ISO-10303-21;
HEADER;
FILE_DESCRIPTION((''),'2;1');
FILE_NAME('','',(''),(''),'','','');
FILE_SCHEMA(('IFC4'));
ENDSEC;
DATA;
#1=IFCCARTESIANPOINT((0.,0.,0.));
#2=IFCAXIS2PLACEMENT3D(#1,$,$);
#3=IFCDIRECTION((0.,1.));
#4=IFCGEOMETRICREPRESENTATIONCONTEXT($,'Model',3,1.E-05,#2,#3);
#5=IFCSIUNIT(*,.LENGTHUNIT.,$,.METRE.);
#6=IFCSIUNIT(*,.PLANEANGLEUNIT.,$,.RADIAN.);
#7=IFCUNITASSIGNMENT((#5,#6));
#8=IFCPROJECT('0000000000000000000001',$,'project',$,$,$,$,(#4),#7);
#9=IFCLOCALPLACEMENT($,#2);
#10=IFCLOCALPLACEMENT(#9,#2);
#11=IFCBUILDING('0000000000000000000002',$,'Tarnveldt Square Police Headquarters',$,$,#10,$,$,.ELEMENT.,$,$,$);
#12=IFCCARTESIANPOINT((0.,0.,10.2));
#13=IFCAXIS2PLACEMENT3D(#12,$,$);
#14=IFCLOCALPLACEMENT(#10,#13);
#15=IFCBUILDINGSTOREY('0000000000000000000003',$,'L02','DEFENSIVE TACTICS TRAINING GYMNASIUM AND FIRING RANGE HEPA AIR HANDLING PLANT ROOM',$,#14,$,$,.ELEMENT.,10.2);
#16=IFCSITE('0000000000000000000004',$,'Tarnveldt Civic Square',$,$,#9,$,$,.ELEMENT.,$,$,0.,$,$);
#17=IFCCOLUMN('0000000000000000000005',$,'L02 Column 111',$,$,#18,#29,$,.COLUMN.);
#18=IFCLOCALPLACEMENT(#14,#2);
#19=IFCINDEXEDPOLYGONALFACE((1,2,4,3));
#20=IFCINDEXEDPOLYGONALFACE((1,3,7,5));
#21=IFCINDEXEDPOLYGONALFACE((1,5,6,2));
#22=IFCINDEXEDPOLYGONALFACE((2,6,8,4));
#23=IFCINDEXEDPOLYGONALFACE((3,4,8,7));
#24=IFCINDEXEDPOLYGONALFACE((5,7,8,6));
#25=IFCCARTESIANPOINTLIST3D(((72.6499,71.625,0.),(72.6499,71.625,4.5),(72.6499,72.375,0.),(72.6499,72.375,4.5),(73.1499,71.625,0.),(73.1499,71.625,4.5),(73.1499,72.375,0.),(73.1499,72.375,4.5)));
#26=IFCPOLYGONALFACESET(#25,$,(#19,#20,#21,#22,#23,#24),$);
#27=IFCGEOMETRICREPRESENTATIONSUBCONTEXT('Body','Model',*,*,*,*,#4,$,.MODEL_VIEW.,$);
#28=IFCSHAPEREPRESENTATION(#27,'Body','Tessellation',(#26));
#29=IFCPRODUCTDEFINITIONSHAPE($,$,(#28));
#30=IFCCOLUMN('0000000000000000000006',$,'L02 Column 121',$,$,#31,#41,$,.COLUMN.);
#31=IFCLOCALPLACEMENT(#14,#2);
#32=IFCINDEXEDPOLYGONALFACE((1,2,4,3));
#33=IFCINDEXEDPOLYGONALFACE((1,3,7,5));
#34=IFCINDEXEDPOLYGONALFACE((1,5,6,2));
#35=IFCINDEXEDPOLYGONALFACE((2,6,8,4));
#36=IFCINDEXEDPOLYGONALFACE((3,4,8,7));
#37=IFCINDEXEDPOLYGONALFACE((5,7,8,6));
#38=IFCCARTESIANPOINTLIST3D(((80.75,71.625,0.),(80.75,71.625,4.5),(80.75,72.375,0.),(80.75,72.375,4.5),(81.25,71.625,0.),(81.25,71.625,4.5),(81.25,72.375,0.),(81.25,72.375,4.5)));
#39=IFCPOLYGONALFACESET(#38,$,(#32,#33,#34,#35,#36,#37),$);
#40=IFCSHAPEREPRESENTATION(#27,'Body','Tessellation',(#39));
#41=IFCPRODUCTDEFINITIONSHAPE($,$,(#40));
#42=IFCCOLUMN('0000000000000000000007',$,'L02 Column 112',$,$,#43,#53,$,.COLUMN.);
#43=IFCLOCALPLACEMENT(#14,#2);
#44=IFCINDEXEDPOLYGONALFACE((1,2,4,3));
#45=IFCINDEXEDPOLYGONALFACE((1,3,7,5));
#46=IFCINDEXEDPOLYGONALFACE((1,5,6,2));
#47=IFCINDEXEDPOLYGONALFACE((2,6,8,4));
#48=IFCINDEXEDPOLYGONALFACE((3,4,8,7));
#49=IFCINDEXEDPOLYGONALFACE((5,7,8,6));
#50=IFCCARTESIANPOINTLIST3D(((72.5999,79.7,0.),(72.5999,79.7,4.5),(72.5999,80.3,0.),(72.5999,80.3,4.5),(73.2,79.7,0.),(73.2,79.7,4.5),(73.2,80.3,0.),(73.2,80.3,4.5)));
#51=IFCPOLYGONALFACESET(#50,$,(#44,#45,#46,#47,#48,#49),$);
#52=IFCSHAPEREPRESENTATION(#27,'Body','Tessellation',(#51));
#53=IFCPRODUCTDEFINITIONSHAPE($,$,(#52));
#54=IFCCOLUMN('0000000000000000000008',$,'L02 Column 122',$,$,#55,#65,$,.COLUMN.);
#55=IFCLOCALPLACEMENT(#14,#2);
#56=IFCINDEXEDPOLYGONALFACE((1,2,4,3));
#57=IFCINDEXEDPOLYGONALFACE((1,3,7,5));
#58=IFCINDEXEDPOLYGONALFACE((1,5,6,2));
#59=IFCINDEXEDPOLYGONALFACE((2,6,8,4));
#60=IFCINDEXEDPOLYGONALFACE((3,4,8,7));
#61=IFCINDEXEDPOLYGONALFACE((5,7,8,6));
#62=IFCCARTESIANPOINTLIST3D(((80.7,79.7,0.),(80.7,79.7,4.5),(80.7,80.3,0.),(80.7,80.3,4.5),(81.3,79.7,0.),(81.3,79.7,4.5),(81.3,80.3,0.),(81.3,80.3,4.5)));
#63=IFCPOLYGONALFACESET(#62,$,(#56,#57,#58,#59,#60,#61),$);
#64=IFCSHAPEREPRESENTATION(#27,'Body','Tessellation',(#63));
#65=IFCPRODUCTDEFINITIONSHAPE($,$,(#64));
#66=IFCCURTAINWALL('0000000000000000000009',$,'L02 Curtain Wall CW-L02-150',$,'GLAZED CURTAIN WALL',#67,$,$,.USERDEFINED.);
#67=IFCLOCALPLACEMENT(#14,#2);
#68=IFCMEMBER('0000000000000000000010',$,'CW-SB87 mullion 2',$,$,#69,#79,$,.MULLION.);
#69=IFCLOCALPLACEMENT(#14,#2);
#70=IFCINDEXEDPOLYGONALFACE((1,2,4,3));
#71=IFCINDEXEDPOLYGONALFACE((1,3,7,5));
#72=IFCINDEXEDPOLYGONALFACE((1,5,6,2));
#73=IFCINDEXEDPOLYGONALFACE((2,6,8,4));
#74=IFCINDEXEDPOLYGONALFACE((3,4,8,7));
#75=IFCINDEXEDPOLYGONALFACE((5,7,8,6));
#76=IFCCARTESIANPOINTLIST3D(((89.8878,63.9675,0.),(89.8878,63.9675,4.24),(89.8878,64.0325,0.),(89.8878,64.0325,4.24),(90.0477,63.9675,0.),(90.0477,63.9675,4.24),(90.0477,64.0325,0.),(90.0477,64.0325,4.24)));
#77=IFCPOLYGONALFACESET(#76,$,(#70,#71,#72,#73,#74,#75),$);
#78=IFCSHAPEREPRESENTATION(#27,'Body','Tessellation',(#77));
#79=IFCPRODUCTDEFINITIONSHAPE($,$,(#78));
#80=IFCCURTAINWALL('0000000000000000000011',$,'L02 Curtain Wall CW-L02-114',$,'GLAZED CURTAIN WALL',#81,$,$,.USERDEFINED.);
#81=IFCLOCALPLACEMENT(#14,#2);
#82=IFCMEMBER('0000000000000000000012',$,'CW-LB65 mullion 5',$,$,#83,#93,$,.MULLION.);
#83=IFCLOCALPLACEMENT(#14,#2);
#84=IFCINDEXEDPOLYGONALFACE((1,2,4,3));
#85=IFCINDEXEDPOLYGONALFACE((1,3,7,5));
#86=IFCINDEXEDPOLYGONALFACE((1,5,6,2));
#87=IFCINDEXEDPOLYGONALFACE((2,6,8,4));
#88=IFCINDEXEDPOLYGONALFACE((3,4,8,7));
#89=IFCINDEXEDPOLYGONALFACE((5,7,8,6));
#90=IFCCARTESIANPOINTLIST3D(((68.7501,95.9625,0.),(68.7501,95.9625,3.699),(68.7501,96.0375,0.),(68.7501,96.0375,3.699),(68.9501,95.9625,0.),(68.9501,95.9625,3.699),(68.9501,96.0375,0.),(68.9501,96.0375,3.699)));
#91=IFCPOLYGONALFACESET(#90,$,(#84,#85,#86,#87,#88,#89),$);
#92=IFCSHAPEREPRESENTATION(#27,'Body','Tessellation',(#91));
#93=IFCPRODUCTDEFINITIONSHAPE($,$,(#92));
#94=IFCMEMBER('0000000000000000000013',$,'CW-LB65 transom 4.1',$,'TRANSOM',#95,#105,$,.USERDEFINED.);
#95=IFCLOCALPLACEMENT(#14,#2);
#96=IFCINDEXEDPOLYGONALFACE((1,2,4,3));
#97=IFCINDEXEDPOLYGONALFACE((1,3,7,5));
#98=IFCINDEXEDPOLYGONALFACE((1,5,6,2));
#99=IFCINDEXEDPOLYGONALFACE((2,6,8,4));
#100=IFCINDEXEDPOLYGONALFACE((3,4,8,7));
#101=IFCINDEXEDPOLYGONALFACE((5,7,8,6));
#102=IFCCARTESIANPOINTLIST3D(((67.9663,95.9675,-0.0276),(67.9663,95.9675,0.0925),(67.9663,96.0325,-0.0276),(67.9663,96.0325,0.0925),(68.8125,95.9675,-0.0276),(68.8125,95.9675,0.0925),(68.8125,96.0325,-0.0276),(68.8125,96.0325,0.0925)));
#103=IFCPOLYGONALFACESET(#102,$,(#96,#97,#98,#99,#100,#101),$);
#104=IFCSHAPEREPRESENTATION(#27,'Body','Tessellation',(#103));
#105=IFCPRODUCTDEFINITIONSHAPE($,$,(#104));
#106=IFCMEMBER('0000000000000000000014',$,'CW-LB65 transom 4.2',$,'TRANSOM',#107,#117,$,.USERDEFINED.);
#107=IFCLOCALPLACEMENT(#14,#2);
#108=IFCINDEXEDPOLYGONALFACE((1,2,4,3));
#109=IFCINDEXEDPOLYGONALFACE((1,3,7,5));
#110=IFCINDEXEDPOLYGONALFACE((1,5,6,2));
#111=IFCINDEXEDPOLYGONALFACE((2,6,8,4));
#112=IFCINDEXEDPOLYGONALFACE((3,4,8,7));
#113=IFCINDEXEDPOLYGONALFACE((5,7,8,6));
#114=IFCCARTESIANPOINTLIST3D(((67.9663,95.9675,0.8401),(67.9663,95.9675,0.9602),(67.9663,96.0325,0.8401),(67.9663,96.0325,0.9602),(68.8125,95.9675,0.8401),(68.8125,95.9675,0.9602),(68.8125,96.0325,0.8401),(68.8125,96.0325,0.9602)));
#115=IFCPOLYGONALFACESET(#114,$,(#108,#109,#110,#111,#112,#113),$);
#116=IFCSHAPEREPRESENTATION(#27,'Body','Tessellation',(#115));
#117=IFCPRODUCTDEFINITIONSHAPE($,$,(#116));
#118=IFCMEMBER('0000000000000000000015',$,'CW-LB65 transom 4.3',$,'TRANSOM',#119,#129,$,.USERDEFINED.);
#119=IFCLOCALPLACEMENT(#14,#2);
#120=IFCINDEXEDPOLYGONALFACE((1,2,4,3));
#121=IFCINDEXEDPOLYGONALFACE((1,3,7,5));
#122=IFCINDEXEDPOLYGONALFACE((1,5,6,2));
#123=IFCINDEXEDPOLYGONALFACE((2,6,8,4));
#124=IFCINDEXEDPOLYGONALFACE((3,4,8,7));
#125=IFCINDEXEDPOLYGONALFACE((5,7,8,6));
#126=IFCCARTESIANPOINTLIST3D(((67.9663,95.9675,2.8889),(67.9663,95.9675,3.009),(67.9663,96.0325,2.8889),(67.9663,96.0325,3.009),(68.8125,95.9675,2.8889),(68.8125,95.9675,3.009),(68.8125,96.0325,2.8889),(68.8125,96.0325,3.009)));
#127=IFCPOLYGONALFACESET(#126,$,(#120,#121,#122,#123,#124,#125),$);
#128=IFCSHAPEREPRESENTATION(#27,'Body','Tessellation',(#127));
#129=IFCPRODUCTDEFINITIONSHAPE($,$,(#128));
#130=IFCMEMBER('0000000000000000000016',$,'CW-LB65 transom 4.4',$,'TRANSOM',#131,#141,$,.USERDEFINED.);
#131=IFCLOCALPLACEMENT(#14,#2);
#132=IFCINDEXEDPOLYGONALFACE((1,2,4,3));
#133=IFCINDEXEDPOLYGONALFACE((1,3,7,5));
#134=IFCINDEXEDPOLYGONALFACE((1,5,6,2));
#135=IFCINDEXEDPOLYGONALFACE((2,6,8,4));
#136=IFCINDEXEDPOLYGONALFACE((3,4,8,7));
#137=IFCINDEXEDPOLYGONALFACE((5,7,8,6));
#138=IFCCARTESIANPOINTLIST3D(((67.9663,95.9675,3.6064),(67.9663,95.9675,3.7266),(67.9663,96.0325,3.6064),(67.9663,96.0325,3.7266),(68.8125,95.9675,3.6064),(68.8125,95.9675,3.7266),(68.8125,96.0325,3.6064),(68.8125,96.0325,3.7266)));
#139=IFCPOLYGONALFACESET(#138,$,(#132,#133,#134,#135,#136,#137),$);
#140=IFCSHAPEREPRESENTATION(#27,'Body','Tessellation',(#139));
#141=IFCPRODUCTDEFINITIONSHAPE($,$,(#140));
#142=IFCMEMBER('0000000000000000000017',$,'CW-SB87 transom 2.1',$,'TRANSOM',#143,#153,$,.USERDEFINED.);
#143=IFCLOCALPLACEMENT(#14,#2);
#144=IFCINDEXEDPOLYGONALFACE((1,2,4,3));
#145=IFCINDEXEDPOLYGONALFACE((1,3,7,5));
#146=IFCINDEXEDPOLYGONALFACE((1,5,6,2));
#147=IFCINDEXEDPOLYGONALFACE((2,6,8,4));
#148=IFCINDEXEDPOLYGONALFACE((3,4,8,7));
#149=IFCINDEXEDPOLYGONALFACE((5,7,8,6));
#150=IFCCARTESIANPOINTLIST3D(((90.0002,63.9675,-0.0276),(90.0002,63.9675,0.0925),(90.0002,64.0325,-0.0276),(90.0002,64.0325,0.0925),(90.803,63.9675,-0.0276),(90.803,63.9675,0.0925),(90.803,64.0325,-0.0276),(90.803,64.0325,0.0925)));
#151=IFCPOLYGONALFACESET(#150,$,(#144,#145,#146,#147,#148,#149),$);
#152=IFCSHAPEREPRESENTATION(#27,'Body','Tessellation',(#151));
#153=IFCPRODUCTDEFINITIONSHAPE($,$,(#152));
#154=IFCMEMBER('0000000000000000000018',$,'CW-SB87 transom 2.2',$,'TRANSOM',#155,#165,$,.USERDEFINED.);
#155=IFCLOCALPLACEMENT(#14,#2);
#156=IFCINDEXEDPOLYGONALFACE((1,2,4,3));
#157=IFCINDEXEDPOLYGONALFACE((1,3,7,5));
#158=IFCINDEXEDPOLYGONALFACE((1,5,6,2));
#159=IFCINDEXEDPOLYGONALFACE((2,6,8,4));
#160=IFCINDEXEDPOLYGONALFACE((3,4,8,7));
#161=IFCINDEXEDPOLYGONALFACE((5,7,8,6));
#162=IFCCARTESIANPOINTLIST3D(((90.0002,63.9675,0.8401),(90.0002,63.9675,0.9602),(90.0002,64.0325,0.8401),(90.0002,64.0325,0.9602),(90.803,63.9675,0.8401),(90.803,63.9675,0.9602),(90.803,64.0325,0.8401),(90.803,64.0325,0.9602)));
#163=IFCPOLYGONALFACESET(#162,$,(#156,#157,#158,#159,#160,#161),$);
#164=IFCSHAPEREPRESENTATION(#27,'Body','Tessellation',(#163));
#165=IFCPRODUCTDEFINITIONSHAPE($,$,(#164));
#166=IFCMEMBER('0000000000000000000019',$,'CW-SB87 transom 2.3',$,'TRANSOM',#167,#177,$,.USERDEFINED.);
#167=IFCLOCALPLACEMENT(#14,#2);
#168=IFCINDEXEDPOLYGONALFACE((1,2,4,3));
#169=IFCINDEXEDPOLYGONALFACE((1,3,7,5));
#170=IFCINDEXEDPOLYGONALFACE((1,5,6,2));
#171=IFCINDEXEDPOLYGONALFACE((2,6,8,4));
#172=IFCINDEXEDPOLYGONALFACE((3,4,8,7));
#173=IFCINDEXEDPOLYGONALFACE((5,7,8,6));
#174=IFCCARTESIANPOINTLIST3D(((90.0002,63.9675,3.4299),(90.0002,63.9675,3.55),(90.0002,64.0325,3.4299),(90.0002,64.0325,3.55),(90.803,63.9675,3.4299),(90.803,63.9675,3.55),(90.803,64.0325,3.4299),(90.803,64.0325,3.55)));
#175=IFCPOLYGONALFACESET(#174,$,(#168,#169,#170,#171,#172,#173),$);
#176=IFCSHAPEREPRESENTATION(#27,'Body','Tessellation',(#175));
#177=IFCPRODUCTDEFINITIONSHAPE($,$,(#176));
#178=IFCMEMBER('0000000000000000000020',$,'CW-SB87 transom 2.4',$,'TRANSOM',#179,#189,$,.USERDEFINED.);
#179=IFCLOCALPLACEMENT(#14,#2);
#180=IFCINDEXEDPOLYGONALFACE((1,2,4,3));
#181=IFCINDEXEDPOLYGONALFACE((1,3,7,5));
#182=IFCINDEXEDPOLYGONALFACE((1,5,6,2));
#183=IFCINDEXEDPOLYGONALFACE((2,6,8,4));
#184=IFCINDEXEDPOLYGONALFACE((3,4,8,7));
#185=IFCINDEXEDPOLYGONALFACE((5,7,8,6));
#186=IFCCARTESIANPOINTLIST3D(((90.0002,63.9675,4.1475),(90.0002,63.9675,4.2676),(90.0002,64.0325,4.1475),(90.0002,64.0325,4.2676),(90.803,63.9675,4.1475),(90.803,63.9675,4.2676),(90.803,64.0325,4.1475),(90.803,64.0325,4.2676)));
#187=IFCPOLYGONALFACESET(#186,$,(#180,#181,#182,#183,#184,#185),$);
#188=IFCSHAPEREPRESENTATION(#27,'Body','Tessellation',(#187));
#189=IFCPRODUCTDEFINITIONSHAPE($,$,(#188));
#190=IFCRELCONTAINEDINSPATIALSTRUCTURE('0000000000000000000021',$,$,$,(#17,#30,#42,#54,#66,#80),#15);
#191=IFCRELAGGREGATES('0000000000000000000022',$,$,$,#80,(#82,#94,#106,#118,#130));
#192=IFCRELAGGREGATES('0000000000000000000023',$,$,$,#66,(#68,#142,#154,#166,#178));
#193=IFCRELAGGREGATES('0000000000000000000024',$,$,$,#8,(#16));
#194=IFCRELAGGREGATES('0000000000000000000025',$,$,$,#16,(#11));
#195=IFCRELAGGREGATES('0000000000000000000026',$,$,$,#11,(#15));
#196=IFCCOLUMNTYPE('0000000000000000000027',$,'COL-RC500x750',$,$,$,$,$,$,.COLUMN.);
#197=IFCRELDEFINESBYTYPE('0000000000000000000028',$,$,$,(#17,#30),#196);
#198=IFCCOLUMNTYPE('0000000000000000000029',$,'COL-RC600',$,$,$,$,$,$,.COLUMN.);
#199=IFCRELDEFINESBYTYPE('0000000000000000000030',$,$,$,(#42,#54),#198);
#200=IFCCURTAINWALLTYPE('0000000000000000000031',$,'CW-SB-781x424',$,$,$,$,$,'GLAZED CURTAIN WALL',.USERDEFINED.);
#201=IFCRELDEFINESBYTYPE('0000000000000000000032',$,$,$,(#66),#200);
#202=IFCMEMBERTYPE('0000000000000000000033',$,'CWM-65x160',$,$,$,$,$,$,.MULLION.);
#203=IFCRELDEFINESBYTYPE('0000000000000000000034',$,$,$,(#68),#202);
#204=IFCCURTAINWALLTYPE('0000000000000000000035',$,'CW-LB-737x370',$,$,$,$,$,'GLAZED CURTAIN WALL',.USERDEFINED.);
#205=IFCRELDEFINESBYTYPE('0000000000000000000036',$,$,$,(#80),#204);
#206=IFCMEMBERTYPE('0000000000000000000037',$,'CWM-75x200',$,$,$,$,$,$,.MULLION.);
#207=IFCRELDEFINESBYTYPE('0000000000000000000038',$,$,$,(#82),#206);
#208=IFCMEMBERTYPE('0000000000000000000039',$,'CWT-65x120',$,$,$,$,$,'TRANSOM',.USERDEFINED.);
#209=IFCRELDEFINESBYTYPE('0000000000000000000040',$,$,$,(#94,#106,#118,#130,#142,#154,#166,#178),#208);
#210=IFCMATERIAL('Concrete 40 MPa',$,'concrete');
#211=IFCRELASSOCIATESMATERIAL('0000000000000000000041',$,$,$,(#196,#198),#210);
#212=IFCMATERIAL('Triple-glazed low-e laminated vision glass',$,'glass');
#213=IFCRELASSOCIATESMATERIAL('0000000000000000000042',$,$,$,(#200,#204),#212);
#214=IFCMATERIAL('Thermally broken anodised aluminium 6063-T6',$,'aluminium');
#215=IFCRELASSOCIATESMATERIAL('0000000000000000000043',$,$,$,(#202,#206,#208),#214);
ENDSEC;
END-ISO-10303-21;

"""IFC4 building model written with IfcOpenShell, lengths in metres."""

from ifc_helpers import new_model, si_unit, direction, frame, origin, origin_2d, place, context, subcontext, project, spatial, rectangle, extrude, material, material_profile, profile_set, type_object, element, aggregate, save


model = new_model("IFC4")

# Units and contexts
model_context = context("Model", 3, precision=1e-05, world=origin(), true_north=direction((0.0, 1.0)))
body_context = subcontext(model_context, "Body", "Model", "MODEL_VIEW")
ifc_project = project(units=[si_unit("LENGTHUNIT", "METRE"), si_unit("PLANEANGLEUNIT", "RADIAN")], contexts=[model_context])

# Site, building, storey
site_placement = place(None, origin())
site = spatial("IfcSite", under=ifc_project, at=site_placement, Name="Tarnveldt Civic Square", CompositionType="ELEMENT", RefElevation=0.0)
building_placement = place(site_placement, origin())
building = spatial("IfcBuilding", under=site, at=building_placement, Name="Tarnveldt Square Police Headquarters", CompositionType="ELEMENT")
storey_placement = place(building_placement, frame((0.0, 0.0, 10.2)))
storey = spatial("IfcBuildingStorey", under=building, at=storey_placement, Name="L02", Description="DEFENSIVE TACTICS TRAINING GYMNASIUM AND FIRING RANGE HEPA AIR HANDLING PLANT ROOM", CompositionType="ELEMENT", Elevation=10.2)

# Columns
ifc_material_1 = material(Name="Concrete 40 MPa", Category="concrete")
ifc_material_profile_1 = material_profile(ifc_material_1, rectangle(XDim=0.5, YDim=0.75, at=origin_2d()), Name="RC-C500x750")
ifc_profile_set_1 = profile_set([ifc_material_profile_1], Name="Concrete 40 MPa")
column_type_1 = type_object("IfcColumnType", Name="COL-RC500x750", PredefinedType="COLUMN", material=ifc_profile_set_1)
for number, where, z_axis, x_axis, name in (
    (1, (72.8999, 72.0, 0.0), (0.0, 0.0, 1.0), (1.0, 0.0, 0.0), "L02 Column 111"),
    (2, (81.0, 72.0, 0.0), (0.0, 0.0, 1.0), (1.0, 0.0, 0.0), "L02 Column 121"),
):
    element("IfcColumn", number, at=place(storey_placement, frame(where, z_axis=z_axis, x_axis=x_axis)), inside=storey, type_object=column_type_1, Name=name, PredefinedType="COLUMN", context=body_context, shape_type="SweptSolid", body=[
        extrude(rectangle(XDim=0.5, YDim=0.75, at=origin_2d()), origin(), (0.0, 0.0, 1.0), 4.5),
    ])
ifc_material_profile_2 = material_profile(ifc_material_1, rectangle(XDim=0.6001, YDim=0.6001, at=origin_2d()), Name="RC-C600x600")
ifc_profile_set_2 = profile_set([ifc_material_profile_2], Name="Concrete 40 MPa")
column_type_2 = type_object("IfcColumnType", Name="COL-RC600", PredefinedType="COLUMN", material=ifc_profile_set_2)
for number, where, z_axis, x_axis, name in (
    (3, (72.8999, 80.0, 0.0), (0.0, 0.0, 1.0), (1.0, 0.0, 0.0), "L02 Column 112"),
    (4, (81.0, 80.0, 0.0), (0.0, 0.0, 1.0), (1.0, 0.0, 0.0), "L02 Column 122"),
):
    element("IfcColumn", number, at=place(storey_placement, frame(where, z_axis=z_axis, x_axis=x_axis)), inside=storey, type_object=column_type_2, Name=name, PredefinedType="COLUMN", context=body_context, shape_type="SweptSolid", body=[
        extrude(rectangle(XDim=0.6001, YDim=0.6001, at=origin_2d()), origin(), (0.0, 0.0, 1.0), 4.5),
    ])

# Curtain wall, member
ifc_material_2 = material(Name="Triple-glazed low-e laminated vision glass", Category="glass")
curtain_wall_type_1 = type_object("IfcCurtainWallType", Name="CW-SB-781x424", ElementType="GLAZED CURTAIN WALL", PredefinedType="USERDEFINED", material=ifc_material_2)
curtain_wall_1_placement = place(storey_placement, origin())
curtain_wall_1 = element("IfcCurtainWall", 5, at=curtain_wall_1_placement, inside=storey, type_object=curtain_wall_type_1, Name="L02 Curtain Wall CW-L02-150", ObjectType="GLAZED CURTAIN WALL", PredefinedType="USERDEFINED")
ifc_material_3 = material(Name="Thermally broken anodised aluminium 6063-T6", Category="aluminium")
ifc_material_profile_3 = material_profile(ifc_material_3, rectangle(XDim=0.0649, YDim=0.1599, at=origin_2d()), Name="CW-M65x160")
ifc_profile_set_3 = profile_set([ifc_material_profile_3], Name="Thermally broken anodised aluminium 6063-T6")
member_type_1 = type_object("IfcMemberType", Name="CWM-65x160", PredefinedType="MULLION", material=ifc_profile_set_3)
member_1_placement = place(storey_placement, frame((89.9678, 64.0, 0.0), z_axis=(0.0, 0.0, 1.0), x_axis=(0.0, 1.0, 0.0)))
member_1 = element("IfcMember", 6, at=member_1_placement, type_object=member_type_1, Name="CW-SB87 mullion 2", PredefinedType="MULLION", context=body_context, shape_type="SweptSolid", body=[
    extrude(rectangle(XDim=0.0649, YDim=0.1599, at=origin_2d()), origin(), (0.0, 0.0, 1.0), 4.24),
])

# Curtain wall, members
curtain_wall_type_2 = type_object("IfcCurtainWallType", Name="CW-LB-737x370", ElementType="GLAZED CURTAIN WALL", PredefinedType="USERDEFINED", material=ifc_material_2)
curtain_wall_2_placement = place(storey_placement, origin())
curtain_wall_2 = element("IfcCurtainWall", 7, at=curtain_wall_2_placement, inside=storey, type_object=curtain_wall_type_2, Name="L02 Curtain Wall CW-L02-114", ObjectType="GLAZED CURTAIN WALL", PredefinedType="USERDEFINED")
ifc_material_profile_4 = material_profile(ifc_material_3, rectangle(XDim=0.075, YDim=0.2, at=origin_2d()), Name="CW-M75x200")
ifc_profile_set_4 = profile_set([ifc_material_profile_4], Name="Thermally broken anodised aluminium 6063-T6")
member_type_2 = type_object("IfcMemberType", Name="CWM-75x200", PredefinedType="MULLION", material=ifc_profile_set_4)
member_2_placement = place(storey_placement, frame((68.8501, 96.0, 0.0), z_axis=(0.0, 0.0, 1.0), x_axis=(0.0, 1.0, 0.0)))
member_2 = element("IfcMember", 8, at=member_2_placement, type_object=member_type_2, Name="CW-LB65 mullion 5", PredefinedType="MULLION", context=body_context, shape_type="SweptSolid", body=[
    extrude(rectangle(XDim=0.075, YDim=0.2, at=origin_2d()), origin(), (0.0, 0.0, 1.0), 3.699),
])
ifc_material_profile_5 = material_profile(ifc_material_3, rectangle(XDim=0.0649, YDim=0.1201, at=origin_2d()), Name="CW-T65x120")
ifc_profile_set_5 = profile_set([ifc_material_profile_5], Name="Thermally broken anodised aluminium 6063-T6")
member_type_3 = type_object("IfcMemberType", Name="CWT-65x120", ElementType="TRANSOM", PredefinedType="USERDEFINED", material=ifc_profile_set_5)
member_3_placement = place(storey_placement, frame((67.9663, 96.0, 0.0325), z_axis=(1.0, 0.0, 0.0), x_axis=(0.0, 1.0, 0.0)))
member_3 = element("IfcMember", 9, at=member_3_placement, type_object=member_type_3, Name="CW-LB65 transom 4.1", ObjectType="TRANSOM", PredefinedType="USERDEFINED", context=body_context, shape_type="SweptSolid", body=[
    extrude(rectangle(XDim=0.0649, YDim=0.1201, at=origin_2d()), origin(), (0.0, 0.0, 1.0), 0.8462),
])
member_4_placement = place(storey_placement, frame((67.9663, 96.0, 0.9001), z_axis=(1.0, 0.0, 0.0), x_axis=(0.0, 1.0, 0.0)))
member_4 = element("IfcMember", 10, at=member_4_placement, type_object=member_type_3, Name="CW-LB65 transom 4.2", ObjectType="TRANSOM", PredefinedType="USERDEFINED", context=body_context, shape_type="SweptSolid", body=[
    extrude(rectangle(XDim=0.0649, YDim=0.1201, at=origin_2d()), origin(), (0.0, 0.0, 1.0), 0.8462),
])
member_5_placement = place(storey_placement, frame((67.9663, 96.0, 2.949), z_axis=(1.0, 0.0, 0.0), x_axis=(0.0, 1.0, 0.0)))
member_5 = element("IfcMember", 11, at=member_5_placement, type_object=member_type_3, Name="CW-LB65 transom 4.3", ObjectType="TRANSOM", PredefinedType="USERDEFINED", context=body_context, shape_type="SweptSolid", body=[
    extrude(rectangle(XDim=0.0649, YDim=0.1201, at=origin_2d()), origin(), (0.0, 0.0, 1.0), 0.8462),
])
member_6_placement = place(storey_placement, frame((67.9663, 96.0, 3.6665), z_axis=(1.0, 0.0, 0.0), x_axis=(0.0, 1.0, 0.0)))
member_6 = element("IfcMember", 12, at=member_6_placement, type_object=member_type_3, Name="CW-LB65 transom 4.4", ObjectType="TRANSOM", PredefinedType="USERDEFINED", context=body_context, shape_type="SweptSolid", body=[
    extrude(rectangle(XDim=0.0649, YDim=0.1201, at=origin_2d()), origin(), (0.0, 0.0, 1.0), 0.8462),
])

# Members
member_7_placement = place(storey_placement, frame((90.0002, 64.0, 0.0325), z_axis=(1.0, 0.0, 0.0), x_axis=(0.0, 1.0, 0.0)))
member_7 = element("IfcMember", 13, at=member_7_placement, type_object=member_type_3, Name="CW-SB87 transom 2.1", ObjectType="TRANSOM", PredefinedType="USERDEFINED", context=body_context, shape_type="SweptSolid", body=[
    extrude(rectangle(XDim=0.0649, YDim=0.1201, at=origin_2d()), origin(), (0.0, 0.0, 1.0), 0.8027),
])
member_8_placement = place(storey_placement, frame((90.0002, 64.0, 0.9001), z_axis=(1.0, 0.0, 0.0), x_axis=(0.0, 1.0, 0.0)))
member_8 = element("IfcMember", 14, at=member_8_placement, type_object=member_type_3, Name="CW-SB87 transom 2.2", ObjectType="TRANSOM", PredefinedType="USERDEFINED", context=body_context, shape_type="SweptSolid", body=[
    extrude(rectangle(XDim=0.0649, YDim=0.1201, at=origin_2d()), origin(), (0.0, 0.0, 1.0), 0.8027),
])
member_9_placement = place(storey_placement, frame((90.0002, 64.0, 3.49), z_axis=(1.0, 0.0, 0.0), x_axis=(0.0, 1.0, 0.0)))
member_9 = element("IfcMember", 15, at=member_9_placement, type_object=member_type_3, Name="CW-SB87 transom 2.3", ObjectType="TRANSOM", PredefinedType="USERDEFINED", context=body_context, shape_type="SweptSolid", body=[
    extrude(rectangle(XDim=0.0649, YDim=0.1201, at=origin_2d()), origin(), (0.0, 0.0, 1.0), 0.8027),
])
member_10_placement = place(storey_placement, frame((90.0002, 64.0, 4.2075), z_axis=(1.0, 0.0, 0.0), x_axis=(0.0, 1.0, 0.0)))
member_10 = element("IfcMember", 16, at=member_10_placement, type_object=member_type_3, Name="CW-SB87 transom 2.4", ObjectType="TRANSOM", PredefinedType="USERDEFINED", context=body_context, shape_type="SweptSolid", body=[
    extrude(rectangle(XDim=0.0649, YDim=0.1201, at=origin_2d()), origin(), (0.0, 0.0, 1.0), 0.8027),
])

aggregate(curtain_wall_2, [member_2, member_3, member_4, member_5, member_6])
aggregate(curtain_wall_1, [member_1, member_7, member_8, member_9, member_10])

save(model, "model.ifc")
